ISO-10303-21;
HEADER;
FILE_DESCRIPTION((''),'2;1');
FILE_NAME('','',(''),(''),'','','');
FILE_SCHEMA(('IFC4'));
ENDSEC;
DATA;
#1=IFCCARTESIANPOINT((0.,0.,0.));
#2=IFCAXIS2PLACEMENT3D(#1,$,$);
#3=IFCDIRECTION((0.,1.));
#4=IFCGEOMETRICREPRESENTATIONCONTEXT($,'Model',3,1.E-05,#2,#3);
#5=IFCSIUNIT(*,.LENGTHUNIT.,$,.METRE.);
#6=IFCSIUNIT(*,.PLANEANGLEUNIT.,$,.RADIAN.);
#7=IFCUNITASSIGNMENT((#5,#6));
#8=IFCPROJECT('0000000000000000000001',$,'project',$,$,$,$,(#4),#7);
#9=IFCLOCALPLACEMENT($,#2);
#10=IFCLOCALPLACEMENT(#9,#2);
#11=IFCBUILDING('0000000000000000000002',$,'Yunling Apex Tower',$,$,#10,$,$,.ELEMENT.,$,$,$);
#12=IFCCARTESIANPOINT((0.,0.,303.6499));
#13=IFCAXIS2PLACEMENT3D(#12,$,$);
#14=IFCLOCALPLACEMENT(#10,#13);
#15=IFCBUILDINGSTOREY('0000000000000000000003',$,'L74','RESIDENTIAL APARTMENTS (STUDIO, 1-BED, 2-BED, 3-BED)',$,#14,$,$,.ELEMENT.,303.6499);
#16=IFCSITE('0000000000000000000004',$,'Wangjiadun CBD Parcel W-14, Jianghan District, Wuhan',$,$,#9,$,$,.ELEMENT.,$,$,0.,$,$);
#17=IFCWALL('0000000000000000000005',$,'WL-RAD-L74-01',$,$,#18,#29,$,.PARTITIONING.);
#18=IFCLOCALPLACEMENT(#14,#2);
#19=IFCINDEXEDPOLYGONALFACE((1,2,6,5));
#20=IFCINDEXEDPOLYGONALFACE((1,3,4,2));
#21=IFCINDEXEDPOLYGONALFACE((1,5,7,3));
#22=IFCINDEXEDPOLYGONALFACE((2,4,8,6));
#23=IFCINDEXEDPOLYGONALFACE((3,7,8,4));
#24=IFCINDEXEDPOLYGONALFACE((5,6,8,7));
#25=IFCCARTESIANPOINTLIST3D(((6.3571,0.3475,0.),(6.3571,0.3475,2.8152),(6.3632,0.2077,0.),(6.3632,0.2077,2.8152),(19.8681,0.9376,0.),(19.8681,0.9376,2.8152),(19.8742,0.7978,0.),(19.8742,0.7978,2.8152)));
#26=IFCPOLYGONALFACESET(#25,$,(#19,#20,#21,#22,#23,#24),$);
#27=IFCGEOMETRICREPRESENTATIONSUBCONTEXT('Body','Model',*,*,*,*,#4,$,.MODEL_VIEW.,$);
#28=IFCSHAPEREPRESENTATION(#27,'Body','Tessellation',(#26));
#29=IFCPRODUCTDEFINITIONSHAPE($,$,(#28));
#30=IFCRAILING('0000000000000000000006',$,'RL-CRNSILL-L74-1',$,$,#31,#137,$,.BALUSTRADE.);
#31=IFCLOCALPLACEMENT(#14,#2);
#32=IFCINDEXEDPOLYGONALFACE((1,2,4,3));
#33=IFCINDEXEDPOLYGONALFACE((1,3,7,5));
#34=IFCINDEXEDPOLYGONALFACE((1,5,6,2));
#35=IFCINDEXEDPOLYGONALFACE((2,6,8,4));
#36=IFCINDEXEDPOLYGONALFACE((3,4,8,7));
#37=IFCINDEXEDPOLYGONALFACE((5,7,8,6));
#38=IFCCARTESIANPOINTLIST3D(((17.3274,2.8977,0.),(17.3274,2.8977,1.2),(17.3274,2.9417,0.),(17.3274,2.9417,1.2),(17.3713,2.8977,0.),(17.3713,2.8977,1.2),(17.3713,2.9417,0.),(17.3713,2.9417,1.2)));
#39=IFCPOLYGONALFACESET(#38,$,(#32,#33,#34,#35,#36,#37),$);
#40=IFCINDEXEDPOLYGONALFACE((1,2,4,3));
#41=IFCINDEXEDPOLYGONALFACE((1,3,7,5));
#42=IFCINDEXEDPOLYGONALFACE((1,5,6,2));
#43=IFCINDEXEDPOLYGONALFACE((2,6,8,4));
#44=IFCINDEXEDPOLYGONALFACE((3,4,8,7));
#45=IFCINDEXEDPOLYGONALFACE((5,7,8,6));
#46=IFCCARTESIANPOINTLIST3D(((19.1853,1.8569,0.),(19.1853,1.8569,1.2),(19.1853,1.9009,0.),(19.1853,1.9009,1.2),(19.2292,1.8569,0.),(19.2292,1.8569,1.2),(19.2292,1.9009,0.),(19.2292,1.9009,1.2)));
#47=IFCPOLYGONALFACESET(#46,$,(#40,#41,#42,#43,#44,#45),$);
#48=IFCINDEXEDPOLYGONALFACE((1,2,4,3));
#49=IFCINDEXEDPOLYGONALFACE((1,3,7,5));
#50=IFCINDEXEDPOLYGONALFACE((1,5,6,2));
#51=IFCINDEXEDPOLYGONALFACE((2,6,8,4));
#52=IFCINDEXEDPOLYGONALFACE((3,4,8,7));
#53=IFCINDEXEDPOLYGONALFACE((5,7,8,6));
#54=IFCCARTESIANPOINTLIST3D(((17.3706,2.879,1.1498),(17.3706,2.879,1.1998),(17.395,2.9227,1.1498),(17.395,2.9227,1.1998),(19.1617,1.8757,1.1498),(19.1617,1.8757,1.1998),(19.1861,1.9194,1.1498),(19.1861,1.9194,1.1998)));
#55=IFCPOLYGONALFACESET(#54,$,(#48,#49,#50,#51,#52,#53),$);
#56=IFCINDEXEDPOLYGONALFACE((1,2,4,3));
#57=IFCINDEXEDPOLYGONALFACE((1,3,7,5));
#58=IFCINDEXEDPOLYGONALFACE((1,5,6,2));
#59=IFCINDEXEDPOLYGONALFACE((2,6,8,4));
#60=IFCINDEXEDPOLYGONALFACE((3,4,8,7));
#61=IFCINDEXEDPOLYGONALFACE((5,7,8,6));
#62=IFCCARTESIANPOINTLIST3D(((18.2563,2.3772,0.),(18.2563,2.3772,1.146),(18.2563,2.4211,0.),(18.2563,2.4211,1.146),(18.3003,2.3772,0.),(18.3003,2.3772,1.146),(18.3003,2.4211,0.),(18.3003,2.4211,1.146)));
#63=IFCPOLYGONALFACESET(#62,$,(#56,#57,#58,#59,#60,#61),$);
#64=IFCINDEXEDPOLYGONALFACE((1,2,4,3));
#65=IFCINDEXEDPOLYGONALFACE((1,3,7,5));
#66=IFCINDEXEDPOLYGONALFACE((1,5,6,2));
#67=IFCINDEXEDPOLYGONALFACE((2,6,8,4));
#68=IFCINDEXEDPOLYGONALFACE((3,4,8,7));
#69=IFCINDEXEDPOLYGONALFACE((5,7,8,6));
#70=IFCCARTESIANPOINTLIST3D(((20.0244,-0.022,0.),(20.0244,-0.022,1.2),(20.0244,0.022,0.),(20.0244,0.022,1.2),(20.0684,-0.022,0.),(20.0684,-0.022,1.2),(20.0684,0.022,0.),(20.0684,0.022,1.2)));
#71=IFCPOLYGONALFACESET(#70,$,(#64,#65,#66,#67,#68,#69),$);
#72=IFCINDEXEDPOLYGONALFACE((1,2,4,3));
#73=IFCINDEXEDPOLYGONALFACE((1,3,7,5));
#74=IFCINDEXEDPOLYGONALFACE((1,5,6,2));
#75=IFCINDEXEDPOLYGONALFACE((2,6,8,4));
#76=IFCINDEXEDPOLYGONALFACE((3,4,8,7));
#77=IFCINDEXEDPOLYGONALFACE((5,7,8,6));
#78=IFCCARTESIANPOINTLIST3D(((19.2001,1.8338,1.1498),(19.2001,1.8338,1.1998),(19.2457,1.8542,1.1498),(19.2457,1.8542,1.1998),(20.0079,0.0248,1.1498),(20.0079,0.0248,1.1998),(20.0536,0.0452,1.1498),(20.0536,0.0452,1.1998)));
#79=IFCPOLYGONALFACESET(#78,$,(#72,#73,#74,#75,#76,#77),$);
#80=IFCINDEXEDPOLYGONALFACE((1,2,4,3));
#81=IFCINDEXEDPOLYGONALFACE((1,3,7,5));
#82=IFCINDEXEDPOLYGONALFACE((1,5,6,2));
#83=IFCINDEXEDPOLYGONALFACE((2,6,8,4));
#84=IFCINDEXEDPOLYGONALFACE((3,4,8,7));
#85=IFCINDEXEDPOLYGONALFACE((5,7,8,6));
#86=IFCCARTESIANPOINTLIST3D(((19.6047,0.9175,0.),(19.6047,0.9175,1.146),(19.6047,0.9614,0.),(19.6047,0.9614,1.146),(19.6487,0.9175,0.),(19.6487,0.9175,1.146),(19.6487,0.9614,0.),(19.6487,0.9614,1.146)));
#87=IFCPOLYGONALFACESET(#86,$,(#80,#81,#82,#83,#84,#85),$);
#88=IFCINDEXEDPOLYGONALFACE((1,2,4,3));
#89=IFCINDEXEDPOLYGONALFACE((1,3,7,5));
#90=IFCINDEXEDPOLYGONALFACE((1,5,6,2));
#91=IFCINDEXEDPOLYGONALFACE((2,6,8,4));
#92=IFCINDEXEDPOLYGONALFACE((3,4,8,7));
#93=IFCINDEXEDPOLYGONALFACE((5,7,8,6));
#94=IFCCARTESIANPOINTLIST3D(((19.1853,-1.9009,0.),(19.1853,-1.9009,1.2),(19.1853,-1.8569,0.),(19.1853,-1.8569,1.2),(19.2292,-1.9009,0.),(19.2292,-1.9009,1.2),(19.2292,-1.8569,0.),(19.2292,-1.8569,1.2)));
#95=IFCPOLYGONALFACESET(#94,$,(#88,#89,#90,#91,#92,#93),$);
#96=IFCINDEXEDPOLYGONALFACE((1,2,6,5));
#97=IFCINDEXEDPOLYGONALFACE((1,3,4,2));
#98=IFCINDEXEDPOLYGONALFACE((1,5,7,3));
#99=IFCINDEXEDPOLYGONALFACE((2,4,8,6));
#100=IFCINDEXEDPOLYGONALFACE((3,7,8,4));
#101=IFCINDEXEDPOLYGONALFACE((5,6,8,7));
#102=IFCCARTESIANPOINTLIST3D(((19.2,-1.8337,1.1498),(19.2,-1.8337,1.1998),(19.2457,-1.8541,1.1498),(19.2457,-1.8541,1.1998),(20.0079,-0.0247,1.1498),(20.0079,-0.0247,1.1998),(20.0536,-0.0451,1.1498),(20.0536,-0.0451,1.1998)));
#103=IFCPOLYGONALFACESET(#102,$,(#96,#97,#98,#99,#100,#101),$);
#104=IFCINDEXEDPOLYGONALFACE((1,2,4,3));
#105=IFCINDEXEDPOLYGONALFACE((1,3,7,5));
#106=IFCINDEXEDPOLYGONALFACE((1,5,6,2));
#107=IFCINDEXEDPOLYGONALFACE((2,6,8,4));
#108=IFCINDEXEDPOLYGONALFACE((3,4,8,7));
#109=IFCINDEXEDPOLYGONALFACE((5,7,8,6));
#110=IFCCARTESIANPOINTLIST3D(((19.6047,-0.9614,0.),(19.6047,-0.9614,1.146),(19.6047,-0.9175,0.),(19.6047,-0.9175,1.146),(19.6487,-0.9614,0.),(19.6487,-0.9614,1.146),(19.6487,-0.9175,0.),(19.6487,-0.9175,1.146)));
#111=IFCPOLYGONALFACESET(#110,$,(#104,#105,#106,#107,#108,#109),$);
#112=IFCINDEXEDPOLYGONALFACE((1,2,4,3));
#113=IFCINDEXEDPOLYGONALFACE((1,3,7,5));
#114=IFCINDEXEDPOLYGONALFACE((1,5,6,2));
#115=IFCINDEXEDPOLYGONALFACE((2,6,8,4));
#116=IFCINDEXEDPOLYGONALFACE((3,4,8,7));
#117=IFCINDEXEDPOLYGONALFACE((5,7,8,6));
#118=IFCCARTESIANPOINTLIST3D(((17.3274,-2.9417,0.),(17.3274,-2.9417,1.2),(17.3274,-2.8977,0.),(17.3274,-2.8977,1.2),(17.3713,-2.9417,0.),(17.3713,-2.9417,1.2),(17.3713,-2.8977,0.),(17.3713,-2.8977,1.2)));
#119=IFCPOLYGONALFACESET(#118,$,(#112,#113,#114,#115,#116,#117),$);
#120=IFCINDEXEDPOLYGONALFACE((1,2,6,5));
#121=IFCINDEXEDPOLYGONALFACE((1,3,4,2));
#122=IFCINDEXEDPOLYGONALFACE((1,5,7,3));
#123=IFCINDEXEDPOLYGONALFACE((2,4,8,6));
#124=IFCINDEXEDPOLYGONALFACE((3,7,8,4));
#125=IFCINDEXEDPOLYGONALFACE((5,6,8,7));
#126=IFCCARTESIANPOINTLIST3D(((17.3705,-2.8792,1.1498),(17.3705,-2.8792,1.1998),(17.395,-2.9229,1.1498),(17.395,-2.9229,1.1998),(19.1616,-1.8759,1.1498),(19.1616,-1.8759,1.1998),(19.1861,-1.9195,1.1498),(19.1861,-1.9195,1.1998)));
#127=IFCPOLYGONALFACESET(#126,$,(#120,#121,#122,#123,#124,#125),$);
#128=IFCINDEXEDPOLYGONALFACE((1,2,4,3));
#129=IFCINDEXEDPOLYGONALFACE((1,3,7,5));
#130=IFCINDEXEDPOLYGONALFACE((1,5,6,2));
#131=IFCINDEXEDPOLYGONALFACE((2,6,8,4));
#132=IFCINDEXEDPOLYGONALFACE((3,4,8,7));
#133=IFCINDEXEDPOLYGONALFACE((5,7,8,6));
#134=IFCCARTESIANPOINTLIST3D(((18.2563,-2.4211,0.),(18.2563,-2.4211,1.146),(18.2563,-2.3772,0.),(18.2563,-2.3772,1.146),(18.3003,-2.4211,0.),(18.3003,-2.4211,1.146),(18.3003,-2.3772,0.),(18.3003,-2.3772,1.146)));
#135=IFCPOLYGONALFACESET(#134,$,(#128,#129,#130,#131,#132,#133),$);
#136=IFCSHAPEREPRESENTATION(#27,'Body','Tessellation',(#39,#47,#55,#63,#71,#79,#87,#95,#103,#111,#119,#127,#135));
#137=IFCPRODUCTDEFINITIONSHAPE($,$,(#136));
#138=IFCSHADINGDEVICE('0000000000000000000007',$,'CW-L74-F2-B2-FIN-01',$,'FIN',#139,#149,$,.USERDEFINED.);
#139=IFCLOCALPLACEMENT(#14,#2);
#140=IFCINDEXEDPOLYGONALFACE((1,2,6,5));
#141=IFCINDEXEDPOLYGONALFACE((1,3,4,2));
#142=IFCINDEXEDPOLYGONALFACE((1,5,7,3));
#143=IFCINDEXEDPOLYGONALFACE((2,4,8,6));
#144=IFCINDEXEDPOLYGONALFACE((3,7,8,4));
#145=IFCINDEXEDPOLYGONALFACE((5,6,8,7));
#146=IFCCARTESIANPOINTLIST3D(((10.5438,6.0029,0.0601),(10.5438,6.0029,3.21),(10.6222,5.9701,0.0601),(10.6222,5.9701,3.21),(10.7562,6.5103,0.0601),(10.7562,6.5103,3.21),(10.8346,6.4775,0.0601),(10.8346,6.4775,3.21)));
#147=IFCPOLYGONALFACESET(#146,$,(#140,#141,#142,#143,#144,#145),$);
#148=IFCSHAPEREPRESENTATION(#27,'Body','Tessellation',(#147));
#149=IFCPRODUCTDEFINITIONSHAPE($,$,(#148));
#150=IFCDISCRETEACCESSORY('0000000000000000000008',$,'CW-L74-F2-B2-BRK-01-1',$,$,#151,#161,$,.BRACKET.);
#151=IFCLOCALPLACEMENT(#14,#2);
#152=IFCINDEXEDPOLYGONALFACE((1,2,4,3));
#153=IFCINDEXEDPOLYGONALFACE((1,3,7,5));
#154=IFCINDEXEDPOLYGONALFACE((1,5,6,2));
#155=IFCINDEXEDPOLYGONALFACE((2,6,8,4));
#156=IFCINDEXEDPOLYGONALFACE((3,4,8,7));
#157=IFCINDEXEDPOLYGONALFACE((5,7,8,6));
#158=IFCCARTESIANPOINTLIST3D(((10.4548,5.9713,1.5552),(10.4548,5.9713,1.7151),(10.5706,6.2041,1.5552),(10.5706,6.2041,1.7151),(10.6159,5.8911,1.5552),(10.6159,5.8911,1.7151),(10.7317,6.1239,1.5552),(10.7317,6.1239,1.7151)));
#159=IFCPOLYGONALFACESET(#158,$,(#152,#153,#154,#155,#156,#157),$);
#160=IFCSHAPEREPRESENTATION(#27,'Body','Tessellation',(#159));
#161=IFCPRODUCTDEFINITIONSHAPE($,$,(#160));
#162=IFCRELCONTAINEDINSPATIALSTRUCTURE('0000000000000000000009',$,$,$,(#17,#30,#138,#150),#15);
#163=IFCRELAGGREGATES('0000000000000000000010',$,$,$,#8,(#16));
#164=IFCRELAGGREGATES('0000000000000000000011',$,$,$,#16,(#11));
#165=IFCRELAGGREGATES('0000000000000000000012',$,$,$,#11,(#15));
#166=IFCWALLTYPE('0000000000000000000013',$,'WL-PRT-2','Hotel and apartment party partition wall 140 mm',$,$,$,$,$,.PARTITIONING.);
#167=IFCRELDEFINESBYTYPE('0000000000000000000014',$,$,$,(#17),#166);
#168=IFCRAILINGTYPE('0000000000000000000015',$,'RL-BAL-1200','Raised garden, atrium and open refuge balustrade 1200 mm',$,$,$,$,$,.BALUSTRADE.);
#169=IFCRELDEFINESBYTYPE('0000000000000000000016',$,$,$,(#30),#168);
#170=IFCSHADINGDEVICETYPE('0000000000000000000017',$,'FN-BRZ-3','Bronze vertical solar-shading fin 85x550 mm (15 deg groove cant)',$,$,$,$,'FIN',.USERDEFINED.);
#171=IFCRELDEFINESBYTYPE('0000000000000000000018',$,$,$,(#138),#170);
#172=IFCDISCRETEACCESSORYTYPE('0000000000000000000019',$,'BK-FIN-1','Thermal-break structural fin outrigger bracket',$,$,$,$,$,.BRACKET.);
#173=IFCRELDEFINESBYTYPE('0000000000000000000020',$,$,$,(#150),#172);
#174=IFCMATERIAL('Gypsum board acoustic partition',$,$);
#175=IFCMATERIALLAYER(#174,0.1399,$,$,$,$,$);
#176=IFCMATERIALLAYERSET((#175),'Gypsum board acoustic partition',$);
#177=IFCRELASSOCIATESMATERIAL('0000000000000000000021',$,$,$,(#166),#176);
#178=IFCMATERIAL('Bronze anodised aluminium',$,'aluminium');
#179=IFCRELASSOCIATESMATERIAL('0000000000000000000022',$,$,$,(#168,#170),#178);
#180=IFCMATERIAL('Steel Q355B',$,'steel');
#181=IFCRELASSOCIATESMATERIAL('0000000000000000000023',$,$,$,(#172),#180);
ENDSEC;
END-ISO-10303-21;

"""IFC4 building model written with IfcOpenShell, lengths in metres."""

from ifc_helpers import new_model, si_unit, direction, frame, frame_2d, origin, origin_2d, place, context, subcontext, project, spatial, rectangle, extrude, source, transform, mapped, material, layer, layer_set, material_profile, profile_set, type_object, element, save


model = new_model("IFC4")

# Units and contexts
model_context = context("Model", 3, precision=1e-05, world=origin(), true_north=direction((0.0, 1.0)))
body_context = subcontext(model_context, "Body", "Model", "MODEL_VIEW")
ifc_project = project(units=[si_unit("LENGTHUNIT", "METRE"), si_unit("PLANEANGLEUNIT", "RADIAN")], contexts=[model_context])

# Site, building, storey
site_placement = place(None, origin())
site = spatial("IfcSite", under=ifc_project, at=site_placement, Name="Wangjiadun CBD Parcel W-14, Jianghan District, Wuhan", CompositionType="ELEMENT", RefElevation=0.0)
building_placement = place(site_placement, origin())
building = spatial("IfcBuilding", under=site, at=building_placement, Name="Yunling Apex Tower", CompositionType="ELEMENT")
storey_placement = place(building_placement, frame((0.0, 0.0, 303.6499)))
storey = spatial("IfcBuildingStorey", under=building, at=storey_placement, Name="L74", Description="RESIDENTIAL APARTMENTS (STUDIO, 1-BED, 2-BED, 3-BED)", CompositionType="ELEMENT", Elevation=303.6499)

# Shared definitions
ifc_material_1 = material(Name="Steel Q355B", Category="steel")

# Shared definitions
ifc_material_2 = material(Name="Bronze anodised aluminium", Category="aluminium")

# Wall
ifc_material_3 = material(Name="Gypsum board acoustic partition")
ifc_layer_1 = layer(ifc_material_3, 0.1399)
ifc_layer_set_1 = layer_set([ifc_layer_1], Name="Gypsum board acoustic partition")
wall_type = type_object("IfcWallType", Name="WL-PRT-2", Description="Hotel and apartment party partition wall 140 mm", PredefinedType="PARTITIONING", material=ifc_layer_set_1)
wall_placement = place(storey_placement, frame((6.3601, 0.2776, 0.0), z_axis=(0.0, 0.0, 1.0), x_axis=(0.999048, 0.043633, 0.0)))
element("IfcWall", 1, at=wall_placement, inside=storey, type_object=wall_type, Name="WL-RAD-L74-01", PredefinedType="PARTITIONING", context=body_context, shape_type="SweptSolid", body=[
    extrude(rectangle(XDim=13.5239, YDim=0.1399, at=frame_2d((6.762, 0.0))), origin(), (0.0, 0.0, 1.0), 2.8152),
])

# Railing
railing_type = type_object("IfcRailingType", Name="RL-BAL-1200", Description="Raised garden, atrium and open refuge balustrade 1200 mm", PredefinedType="BALUSTRADE", material=ifc_material_2)
railing_placement = place(storey_placement, frame((17.3494, 2.9197, 0.0)))
element("IfcRailing", 2, at=railing_placement, inside=storey, type_object=railing_type, Name="RL-CRNSILL-L74-1", PredefinedType="BALUSTRADE", context=body_context, shape_type="SweptSolid", body=[
    extrude(rectangle(XDim=0.0439, YDim=0.0439, at=origin_2d()), origin(), (0.0, 0.0, 1.0), 1.2),
    extrude(rectangle(XDim=0.0439, YDim=0.0439, at=origin_2d()), frame((1.8579, -1.0408, 0.0)), (0.0, 0.0, 1.0), 1.2),
    extrude(rectangle(XDim=0.05, YDim=0.05, at=origin_2d()), frame((0.0334, -0.0188, 1.1748), z_axis=(0.872438, -0.488726, 0.0), x_axis=(0.488726, 0.872438, 0.0)), (0.0, 0.0, 1.0), 2.053),
    extrude(rectangle(XDim=0.0439, YDim=0.0439, at=origin_2d()), frame((0.929, -0.5205, 0.0)), (0.0, 0.0, 1.0), 1.146),
    extrude(rectangle(XDim=0.0439, YDim=0.0439, at=origin_2d()), frame((2.697, -2.9197, 0.0)), (0.0, 0.0, 1.0), 1.2),
    extrude(rectangle(XDim=0.05, YDim=0.05, at=origin_2d()), frame((1.8735, -1.0757, 1.1748), z_axis=(0.407778, -0.913081, 0.0), x_axis=(0.913081, 0.407778, 0.0)), (0.0, 0.0, 1.0), 1.9812),
    extrude(rectangle(XDim=0.0439, YDim=0.0439, at=origin_2d()), frame((2.2773, -1.9802, 0.0)), (0.0, 0.0, 1.0), 1.146),
    extrude(rectangle(XDim=0.0439, YDim=0.0439, at=origin_2d()), frame((1.8579, -4.7986, 0.0)), (0.0, 0.0, 1.0), 1.2),
    extrude(rectangle(XDim=0.05, YDim=0.05, at=origin_2d()), frame((2.6814, -2.9546, 1.1748), z_axis=(-0.407778, -0.913081, 0.0), x_axis=(0.913081, -0.407778, 0.0)), (0.0, 0.0, 1.0), 1.9812),
    extrude(rectangle(XDim=0.0439, YDim=0.0439, at=origin_2d()), frame((2.2773, -3.8591, 0.0)), (0.0, 0.0, 1.0), 1.146),
    extrude(rectangle(XDim=0.0439, YDim=0.0439, at=origin_2d()), frame((0.0, -5.8394, 0.0)), (0.0, 0.0, 1.0), 1.2),
    extrude(rectangle(XDim=0.05, YDim=0.05, at=origin_2d()), frame((1.8245, -4.8174, 1.1748), z_axis=(-0.872438, -0.488726, 0.0), x_axis=(0.488726, -0.872438, 0.0)), (0.0, 0.0, 1.0), 2.053),
    extrude(rectangle(XDim=0.0439, YDim=0.0439, at=origin_2d()), frame((0.929, -5.3188, 0.0)), (0.0, 0.0, 1.0), 1.146),
])

# Shading device
ifc_material_profile_1 = material_profile(ifc_material_2, rectangle(XDim=0.085, YDim=0.55, at=origin_2d()))
ifc_profile_set_1 = profile_set([ifc_material_profile_1], Name="Bronze anodised aluminium")
shading_device_type = type_object("IfcShadingDeviceType", Name="FN-BRZ-3", Description="Bronze vertical solar-shading fin 85x550 mm (15 deg groove cant)", ElementType="FIN", PredefinedType="USERDEFINED", material=ifc_profile_set_1)
shared_shape_1 = source(origin(), body_context, "Body", "SweptSolid", [
    extrude(rectangle(XDim=0.085, YDim=0.55, at=origin_2d()), origin(), (0.0, 0.0, 1.0), 3.1499),
])
shading_device_placement = place(storey_placement, frame((10.6892, 6.2402, 0.0601), z_axis=(0.0, 0.0, 1.0), x_axis=(-0.922471, 0.386067, 0.0)))
element("IfcShadingDevice", 3, at=shading_device_placement, inside=storey, type_object=shading_device_type, Name="CW-L74-F2-B2-FIN-01", ObjectType="FIN", PredefinedType="USERDEFINED", context=body_context, shape_type="MappedRepresentation", body=[
    mapped(shared_shape_1, transform((0.0, 0.0, 0.0), scale=1.0)),
])

# Discrete accessory
discrete_accessory_type = type_object("IfcDiscreteAccessoryType", Name="BK-FIN-1", Description="Thermal-break structural fin outrigger bracket", PredefinedType="BRACKET", material=ifc_material_1)
shared_shape_2 = source(origin(), body_context, "Body", "SweptSolid", [
    extrude(rectangle(XDim=0.1799, YDim=0.26, at=origin_2d()), origin(), (0.0, 0.0, 1.0), 0.1599),
])
discrete_accessory_placement = place(storey_placement, frame((10.5933, 6.0476, 1.5552), z_axis=(0.0, 0.0, 1.0), x_axis=(-0.895246, 0.445573, 0.0)))
element("IfcDiscreteAccessory", 4, at=discrete_accessory_placement, inside=storey, type_object=discrete_accessory_type, Name="CW-L74-F2-B2-BRK-01-1", PredefinedType="BRACKET", context=body_context, shape_type="MappedRepresentation", body=[
    mapped(shared_shape_2, transform((0.0, 0.0, 0.0), scale=1.0)),
])

save(model, "model.ifc")
